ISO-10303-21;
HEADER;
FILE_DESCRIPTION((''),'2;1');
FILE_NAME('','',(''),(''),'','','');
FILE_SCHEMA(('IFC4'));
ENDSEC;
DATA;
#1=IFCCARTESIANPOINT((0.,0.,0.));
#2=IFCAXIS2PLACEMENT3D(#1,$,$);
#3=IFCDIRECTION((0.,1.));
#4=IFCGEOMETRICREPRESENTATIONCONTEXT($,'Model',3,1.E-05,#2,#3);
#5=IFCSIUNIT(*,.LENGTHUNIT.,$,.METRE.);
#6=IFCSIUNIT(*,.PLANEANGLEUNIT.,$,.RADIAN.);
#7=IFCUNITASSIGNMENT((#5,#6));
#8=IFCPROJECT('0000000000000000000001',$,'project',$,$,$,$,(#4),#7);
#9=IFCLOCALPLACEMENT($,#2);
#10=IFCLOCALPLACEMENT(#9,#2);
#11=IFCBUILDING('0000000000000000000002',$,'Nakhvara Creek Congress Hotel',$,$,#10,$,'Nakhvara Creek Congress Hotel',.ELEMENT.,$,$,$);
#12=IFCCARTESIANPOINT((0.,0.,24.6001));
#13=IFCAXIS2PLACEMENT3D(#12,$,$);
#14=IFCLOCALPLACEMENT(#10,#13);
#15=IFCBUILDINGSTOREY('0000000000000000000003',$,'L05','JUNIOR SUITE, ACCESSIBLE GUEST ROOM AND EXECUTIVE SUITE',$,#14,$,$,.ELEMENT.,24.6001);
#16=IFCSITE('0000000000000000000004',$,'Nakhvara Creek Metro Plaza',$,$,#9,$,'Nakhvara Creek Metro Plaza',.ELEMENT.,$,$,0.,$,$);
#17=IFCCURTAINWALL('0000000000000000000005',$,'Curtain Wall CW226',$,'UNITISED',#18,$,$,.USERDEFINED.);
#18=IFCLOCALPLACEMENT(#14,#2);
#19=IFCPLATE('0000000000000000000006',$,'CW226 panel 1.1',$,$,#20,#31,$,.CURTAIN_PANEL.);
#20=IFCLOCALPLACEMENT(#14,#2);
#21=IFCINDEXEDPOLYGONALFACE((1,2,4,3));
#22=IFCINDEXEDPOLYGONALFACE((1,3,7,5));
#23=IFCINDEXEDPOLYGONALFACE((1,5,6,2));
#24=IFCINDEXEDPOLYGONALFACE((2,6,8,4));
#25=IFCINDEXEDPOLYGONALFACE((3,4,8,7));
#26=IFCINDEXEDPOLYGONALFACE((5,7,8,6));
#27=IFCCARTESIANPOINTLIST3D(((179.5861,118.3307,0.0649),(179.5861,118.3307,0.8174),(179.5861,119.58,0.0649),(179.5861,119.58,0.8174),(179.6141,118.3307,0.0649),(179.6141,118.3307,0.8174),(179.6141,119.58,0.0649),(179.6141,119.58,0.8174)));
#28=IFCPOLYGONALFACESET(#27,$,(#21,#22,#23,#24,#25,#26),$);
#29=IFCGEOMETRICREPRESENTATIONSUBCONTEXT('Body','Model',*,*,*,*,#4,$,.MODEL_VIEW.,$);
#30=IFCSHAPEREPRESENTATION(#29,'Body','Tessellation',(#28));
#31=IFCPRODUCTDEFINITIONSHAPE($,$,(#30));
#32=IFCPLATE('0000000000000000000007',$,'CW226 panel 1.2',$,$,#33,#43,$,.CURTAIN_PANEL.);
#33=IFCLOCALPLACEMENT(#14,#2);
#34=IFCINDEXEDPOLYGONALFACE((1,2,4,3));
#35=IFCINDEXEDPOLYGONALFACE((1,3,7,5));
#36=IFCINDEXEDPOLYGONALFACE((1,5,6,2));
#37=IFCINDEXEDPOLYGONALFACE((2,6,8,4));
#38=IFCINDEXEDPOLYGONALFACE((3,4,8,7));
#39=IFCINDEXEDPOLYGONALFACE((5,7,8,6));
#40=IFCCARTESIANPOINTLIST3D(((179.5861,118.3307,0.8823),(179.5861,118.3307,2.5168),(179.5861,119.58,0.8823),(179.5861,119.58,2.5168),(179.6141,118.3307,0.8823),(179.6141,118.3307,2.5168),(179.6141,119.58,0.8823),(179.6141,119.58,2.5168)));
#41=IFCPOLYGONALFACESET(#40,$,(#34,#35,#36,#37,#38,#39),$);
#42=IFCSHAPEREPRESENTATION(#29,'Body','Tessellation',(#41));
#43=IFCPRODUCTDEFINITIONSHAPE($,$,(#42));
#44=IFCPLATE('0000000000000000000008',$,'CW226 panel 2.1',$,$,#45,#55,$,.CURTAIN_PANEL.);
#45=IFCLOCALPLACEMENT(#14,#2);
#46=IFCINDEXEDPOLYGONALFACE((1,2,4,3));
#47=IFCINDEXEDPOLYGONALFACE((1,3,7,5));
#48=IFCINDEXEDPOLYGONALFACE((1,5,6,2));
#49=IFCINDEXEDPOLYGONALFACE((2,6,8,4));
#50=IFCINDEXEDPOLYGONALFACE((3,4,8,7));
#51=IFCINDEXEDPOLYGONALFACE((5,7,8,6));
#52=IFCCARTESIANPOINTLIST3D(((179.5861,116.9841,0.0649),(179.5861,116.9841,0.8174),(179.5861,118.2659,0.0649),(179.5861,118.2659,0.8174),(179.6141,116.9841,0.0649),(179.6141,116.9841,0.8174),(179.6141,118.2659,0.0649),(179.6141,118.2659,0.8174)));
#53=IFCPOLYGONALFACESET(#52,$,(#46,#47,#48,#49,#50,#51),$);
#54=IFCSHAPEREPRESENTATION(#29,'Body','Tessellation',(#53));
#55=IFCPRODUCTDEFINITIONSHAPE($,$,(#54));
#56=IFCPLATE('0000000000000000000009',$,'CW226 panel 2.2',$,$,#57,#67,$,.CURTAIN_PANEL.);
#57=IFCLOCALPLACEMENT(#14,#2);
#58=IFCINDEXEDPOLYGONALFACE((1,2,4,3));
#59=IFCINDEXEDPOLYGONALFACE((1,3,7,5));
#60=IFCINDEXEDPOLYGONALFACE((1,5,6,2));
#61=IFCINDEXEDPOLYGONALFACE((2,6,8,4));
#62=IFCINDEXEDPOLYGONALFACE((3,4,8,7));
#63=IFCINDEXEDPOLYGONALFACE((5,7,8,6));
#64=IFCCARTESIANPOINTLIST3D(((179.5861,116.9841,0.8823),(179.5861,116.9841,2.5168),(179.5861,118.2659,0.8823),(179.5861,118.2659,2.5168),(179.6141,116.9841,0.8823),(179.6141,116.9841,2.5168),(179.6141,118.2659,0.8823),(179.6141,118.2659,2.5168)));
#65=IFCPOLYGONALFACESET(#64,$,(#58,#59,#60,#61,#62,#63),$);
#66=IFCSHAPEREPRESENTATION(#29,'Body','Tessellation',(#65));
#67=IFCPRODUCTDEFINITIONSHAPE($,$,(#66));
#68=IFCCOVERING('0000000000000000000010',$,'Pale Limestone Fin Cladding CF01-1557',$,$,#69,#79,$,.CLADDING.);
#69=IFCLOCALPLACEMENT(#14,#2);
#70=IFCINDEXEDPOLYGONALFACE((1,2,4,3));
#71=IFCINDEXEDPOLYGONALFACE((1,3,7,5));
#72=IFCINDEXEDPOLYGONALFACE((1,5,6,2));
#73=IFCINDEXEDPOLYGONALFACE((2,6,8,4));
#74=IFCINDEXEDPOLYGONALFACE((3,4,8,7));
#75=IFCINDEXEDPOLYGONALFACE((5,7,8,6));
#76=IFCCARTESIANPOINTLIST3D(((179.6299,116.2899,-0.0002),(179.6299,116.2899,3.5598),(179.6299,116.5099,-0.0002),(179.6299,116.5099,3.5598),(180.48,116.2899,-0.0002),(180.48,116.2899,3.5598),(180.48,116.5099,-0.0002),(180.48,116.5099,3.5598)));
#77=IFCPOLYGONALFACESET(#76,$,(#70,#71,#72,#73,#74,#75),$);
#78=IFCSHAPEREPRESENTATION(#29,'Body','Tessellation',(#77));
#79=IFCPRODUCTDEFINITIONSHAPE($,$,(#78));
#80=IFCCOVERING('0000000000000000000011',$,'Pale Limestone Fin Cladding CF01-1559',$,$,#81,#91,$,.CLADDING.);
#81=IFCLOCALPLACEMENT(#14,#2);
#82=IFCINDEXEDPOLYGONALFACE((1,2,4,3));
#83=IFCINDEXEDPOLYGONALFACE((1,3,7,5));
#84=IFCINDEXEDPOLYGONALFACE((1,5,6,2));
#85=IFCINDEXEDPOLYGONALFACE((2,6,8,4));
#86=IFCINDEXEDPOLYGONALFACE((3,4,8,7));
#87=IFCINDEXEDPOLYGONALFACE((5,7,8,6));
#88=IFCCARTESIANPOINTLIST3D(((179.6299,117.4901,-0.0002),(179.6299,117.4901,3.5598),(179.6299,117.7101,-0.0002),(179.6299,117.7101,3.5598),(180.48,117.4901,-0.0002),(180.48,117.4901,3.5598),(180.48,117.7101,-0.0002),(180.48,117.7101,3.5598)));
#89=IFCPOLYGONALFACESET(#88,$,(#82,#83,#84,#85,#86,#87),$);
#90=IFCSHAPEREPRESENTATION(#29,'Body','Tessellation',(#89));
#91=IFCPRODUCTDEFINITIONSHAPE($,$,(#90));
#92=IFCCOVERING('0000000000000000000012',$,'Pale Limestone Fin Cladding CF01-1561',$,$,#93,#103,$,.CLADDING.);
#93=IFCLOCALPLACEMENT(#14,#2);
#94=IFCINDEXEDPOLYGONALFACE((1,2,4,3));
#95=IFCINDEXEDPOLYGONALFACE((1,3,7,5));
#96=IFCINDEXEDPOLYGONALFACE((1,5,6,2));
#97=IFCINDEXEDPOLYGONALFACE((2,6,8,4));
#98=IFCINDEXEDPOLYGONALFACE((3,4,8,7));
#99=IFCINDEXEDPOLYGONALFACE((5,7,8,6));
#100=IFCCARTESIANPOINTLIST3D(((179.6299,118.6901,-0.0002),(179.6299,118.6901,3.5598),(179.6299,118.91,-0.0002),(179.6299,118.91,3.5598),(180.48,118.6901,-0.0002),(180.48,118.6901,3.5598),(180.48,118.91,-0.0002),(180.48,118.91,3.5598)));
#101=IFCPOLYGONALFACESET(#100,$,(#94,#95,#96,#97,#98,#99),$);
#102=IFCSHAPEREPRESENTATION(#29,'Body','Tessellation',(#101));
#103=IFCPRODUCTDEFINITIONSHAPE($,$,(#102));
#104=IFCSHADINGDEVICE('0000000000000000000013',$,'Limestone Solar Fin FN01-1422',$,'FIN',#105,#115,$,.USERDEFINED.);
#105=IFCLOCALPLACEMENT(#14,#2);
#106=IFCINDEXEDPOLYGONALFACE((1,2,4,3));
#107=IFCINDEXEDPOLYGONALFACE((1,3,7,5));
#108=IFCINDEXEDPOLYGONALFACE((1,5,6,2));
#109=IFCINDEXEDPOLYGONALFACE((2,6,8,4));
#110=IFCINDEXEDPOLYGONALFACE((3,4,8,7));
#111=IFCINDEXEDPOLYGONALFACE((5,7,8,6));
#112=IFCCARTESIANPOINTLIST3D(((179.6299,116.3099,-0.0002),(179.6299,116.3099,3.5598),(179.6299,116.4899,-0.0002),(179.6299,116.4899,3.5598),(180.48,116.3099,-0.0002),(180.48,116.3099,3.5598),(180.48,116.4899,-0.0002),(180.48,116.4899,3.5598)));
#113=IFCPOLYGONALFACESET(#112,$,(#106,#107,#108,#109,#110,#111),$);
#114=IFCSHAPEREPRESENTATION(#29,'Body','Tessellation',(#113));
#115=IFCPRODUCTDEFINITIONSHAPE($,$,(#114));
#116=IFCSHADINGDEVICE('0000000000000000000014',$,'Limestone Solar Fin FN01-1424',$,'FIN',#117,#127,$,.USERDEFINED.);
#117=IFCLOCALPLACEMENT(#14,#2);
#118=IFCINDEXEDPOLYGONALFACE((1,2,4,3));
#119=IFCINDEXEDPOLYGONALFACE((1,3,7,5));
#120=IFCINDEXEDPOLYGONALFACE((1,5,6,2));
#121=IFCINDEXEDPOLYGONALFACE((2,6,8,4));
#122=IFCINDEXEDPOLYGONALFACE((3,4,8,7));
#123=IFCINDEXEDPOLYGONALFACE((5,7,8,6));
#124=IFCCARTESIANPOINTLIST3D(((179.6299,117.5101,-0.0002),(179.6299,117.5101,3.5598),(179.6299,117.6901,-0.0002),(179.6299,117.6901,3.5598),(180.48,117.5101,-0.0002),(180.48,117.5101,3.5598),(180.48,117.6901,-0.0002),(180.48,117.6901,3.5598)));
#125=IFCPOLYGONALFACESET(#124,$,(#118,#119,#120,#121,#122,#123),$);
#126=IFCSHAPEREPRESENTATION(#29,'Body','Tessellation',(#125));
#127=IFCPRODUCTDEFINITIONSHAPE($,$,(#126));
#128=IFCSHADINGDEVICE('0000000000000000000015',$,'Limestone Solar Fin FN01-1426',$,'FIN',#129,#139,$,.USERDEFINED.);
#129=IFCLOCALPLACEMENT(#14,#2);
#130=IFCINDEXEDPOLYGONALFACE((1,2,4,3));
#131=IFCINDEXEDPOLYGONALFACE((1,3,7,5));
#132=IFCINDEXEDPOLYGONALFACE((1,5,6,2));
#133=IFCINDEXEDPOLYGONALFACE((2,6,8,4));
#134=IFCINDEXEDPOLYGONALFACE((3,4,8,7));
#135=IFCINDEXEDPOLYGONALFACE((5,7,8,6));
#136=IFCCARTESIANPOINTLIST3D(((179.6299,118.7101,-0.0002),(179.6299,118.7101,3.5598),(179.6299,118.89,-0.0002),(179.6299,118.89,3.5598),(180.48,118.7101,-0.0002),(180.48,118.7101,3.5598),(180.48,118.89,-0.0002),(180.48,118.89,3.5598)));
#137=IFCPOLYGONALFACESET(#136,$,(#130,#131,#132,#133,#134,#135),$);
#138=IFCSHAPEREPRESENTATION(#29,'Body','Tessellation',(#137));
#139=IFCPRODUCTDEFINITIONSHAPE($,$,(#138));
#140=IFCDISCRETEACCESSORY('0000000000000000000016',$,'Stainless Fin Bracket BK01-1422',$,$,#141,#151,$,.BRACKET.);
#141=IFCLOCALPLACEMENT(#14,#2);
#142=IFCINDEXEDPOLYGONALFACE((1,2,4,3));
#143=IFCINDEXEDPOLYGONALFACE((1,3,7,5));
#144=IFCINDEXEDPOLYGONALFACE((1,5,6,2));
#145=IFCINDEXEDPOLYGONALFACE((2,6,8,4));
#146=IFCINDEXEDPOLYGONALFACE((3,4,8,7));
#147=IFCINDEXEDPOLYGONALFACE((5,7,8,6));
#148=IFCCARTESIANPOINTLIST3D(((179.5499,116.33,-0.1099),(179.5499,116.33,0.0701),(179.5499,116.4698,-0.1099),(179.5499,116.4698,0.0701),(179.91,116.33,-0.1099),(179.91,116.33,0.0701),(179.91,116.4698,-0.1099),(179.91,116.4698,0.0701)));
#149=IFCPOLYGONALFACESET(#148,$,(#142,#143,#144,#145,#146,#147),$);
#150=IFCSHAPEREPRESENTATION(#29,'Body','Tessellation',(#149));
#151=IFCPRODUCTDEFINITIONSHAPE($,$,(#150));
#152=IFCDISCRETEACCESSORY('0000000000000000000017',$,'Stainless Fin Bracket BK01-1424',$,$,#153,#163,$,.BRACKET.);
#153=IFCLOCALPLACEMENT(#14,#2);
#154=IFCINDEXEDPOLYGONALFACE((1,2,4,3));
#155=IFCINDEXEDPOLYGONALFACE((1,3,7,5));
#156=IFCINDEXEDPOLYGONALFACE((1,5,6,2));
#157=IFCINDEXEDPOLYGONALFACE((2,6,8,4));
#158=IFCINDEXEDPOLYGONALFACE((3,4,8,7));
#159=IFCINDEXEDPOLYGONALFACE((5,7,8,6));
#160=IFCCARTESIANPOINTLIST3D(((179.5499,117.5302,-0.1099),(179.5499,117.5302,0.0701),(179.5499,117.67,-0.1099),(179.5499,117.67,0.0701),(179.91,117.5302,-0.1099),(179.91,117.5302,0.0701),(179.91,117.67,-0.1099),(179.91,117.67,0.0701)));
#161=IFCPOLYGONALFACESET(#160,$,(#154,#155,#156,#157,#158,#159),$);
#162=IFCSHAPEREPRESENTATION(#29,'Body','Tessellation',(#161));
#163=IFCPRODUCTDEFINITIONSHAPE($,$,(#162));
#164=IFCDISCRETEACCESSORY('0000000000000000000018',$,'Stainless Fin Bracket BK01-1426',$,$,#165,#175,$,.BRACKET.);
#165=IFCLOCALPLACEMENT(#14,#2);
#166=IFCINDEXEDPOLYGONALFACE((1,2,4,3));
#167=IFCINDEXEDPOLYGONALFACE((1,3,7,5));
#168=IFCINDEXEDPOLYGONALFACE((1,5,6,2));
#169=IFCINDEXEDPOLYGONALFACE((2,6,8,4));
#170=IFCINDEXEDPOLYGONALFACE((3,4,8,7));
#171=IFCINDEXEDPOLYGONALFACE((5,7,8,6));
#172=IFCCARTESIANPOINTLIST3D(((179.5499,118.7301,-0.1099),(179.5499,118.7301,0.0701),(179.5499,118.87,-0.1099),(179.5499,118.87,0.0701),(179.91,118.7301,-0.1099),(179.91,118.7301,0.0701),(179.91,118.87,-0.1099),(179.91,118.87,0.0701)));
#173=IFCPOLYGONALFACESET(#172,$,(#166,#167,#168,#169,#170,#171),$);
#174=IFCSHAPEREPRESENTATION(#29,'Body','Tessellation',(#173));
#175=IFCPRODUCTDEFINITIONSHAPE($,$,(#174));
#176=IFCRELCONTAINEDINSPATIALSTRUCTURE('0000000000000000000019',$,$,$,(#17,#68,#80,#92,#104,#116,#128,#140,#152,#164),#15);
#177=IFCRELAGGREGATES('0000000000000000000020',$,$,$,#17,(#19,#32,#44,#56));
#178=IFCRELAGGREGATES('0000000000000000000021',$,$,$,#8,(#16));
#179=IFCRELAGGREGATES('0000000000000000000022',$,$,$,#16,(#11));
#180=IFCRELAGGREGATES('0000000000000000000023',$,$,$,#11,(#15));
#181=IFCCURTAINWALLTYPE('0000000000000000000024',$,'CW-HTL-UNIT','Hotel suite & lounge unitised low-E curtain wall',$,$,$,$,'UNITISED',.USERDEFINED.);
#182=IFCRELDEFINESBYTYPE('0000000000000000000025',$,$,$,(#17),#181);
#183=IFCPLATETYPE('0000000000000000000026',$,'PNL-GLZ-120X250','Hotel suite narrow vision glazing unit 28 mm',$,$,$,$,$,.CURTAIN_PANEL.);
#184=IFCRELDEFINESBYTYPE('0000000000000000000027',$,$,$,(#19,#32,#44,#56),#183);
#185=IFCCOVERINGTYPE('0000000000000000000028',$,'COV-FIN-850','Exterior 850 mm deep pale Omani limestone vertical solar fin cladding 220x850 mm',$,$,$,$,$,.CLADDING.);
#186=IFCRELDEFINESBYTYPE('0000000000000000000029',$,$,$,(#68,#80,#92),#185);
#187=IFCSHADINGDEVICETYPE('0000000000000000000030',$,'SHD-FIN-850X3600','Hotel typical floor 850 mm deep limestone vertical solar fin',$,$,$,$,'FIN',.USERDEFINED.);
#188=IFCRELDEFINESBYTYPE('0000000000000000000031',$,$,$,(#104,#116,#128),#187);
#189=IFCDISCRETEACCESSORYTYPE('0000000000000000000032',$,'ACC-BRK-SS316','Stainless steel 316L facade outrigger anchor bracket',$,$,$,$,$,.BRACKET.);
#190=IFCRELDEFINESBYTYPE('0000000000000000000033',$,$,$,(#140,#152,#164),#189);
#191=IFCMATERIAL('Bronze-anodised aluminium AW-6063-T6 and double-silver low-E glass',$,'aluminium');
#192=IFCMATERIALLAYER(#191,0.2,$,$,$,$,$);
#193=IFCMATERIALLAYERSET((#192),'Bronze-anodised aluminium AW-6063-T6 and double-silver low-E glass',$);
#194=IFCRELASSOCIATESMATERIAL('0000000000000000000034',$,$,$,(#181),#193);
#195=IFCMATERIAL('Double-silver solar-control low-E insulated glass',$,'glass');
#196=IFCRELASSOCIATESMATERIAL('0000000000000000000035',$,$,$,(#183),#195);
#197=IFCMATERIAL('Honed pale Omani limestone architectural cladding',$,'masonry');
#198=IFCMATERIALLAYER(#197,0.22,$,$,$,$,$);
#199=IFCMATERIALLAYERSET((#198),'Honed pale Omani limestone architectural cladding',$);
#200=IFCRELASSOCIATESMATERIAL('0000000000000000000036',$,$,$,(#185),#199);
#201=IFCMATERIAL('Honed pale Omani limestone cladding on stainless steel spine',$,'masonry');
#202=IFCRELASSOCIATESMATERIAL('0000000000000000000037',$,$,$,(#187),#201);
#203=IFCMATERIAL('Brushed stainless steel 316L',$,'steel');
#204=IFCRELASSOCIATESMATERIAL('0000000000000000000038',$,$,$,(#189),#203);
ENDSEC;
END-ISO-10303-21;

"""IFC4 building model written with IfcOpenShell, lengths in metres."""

from ifc_helpers import new_model, si_unit, direction, frame, origin, origin_2d, place, context, subcontext, project, spatial, rectangle, extrude, material, layer, layer_set, type_object, element, aggregate, save


model = new_model("IFC4")

# Units and contexts
model_context = context("Model", 3, precision=1e-05, world=origin(), true_north=direction((0.0, 1.0)))
body_context = subcontext(model_context, "Body", "Model", "MODEL_VIEW")
ifc_project = project(units=[si_unit("LENGTHUNIT", "METRE"), si_unit("PLANEANGLEUNIT", "RADIAN")], contexts=[model_context])

# Site, building, storey
site_placement = place(None, origin())
site = spatial("IfcSite", under=ifc_project, at=site_placement, Name="Nakhvara Creek Metro Plaza", LongName="Nakhvara Creek Metro Plaza", CompositionType="ELEMENT", RefElevation=0.0)
building_placement = place(site_placement, origin())
building = spatial("IfcBuilding", under=site, at=building_placement, Name="Nakhvara Creek Congress Hotel", LongName="Nakhvara Creek Congress Hotel", CompositionType="ELEMENT")
storey_placement = place(building_placement, frame((0.0, 0.0, 24.6001)))
storey = spatial("IfcBuildingStorey", under=building, at=storey_placement, Name="L05", Description="JUNIOR SUITE, ACCESSIBLE GUEST ROOM AND EXECUTIVE SUITE", CompositionType="ELEMENT", Elevation=24.6001)

# Curtain wall, plates
ifc_material_1 = material(Name="Bronze-anodised aluminium AW-6063-T6 and double-silver low-E glass", Category="aluminium")
ifc_layer_1 = layer(ifc_material_1, 0.2)
ifc_layer_set_1 = layer_set([ifc_layer_1], Name="Bronze-anodised aluminium AW-6063-T6 and double-silver low-E glass")
curtain_wall_type = type_object("IfcCurtainWallType", Name="CW-HTL-UNIT", Description="Hotel suite & lounge unitised low-E curtain wall", ElementType="UNITISED", PredefinedType="USERDEFINED", material=ifc_layer_set_1)
curtain_wall_placement = place(storey_placement, origin())
curtain_wall = element("IfcCurtainWall", 1, at=curtain_wall_placement, inside=storey, type_object=curtain_wall_type, Name="Curtain Wall CW226", ObjectType="UNITISED", PredefinedType="USERDEFINED")
ifc_material_2 = material(Name="Double-silver solar-control low-E insulated glass", Category="glass")
plate_type = type_object("IfcPlateType", Name="PNL-GLZ-120X250", Description="Hotel suite narrow vision glazing unit 28 mm", PredefinedType="CURTAIN_PANEL", material=ifc_material_2)
plate_1_placement = place(storey_placement, frame((179.6001, 118.9553, 0.0649), z_axis=(0.0, 0.0, 1.0), x_axis=(0.0, -1.0, 0.0)))
plate_1 = element("IfcPlate", 2, at=plate_1_placement, type_object=plate_type, Name="CW226 panel 1.1", PredefinedType="CURTAIN_PANEL", context=body_context, shape_type="SweptSolid", body=[
    extrude(rectangle(XDim=1.2493, YDim=0.0281, at=origin_2d()), origin(), (0.0, 0.0, 1.0), 0.7524),
])
plate_2_placement = place(storey_placement, frame((179.6001, 118.9553, 0.8823), z_axis=(0.0, 0.0, 1.0), x_axis=(0.0, -1.0, 0.0)))
plate_2 = element("IfcPlate", 3, at=plate_2_placement, type_object=plate_type, Name="CW226 panel 1.2", PredefinedType="CURTAIN_PANEL", context=body_context, shape_type="SweptSolid", body=[
    extrude(rectangle(XDim=1.2493, YDim=0.0281, at=origin_2d()), origin(), (0.0, 0.0, 1.0), 1.6345),
])
plate_3_placement = place(storey_placement, frame((179.6001, 117.625, 0.0649), z_axis=(0.0, 0.0, 1.0), x_axis=(0.0, -1.0, 0.0)))
plate_3 = element("IfcPlate", 4, at=plate_3_placement, type_object=plate_type, Name="CW226 panel 2.1", PredefinedType="CURTAIN_PANEL", context=body_context, shape_type="SweptSolid", body=[
    extrude(rectangle(XDim=1.2817, YDim=0.0281, at=origin_2d()), origin(), (0.0, 0.0, 1.0), 0.7524),
])
plate_4_placement = place(storey_placement, frame((179.6001, 117.625, 0.8823), z_axis=(0.0, 0.0, 1.0), x_axis=(0.0, -1.0, 0.0)))
plate_4 = element("IfcPlate", 5, at=plate_4_placement, type_object=plate_type, Name="CW226 panel 2.2", PredefinedType="CURTAIN_PANEL", context=body_context, shape_type="SweptSolid", body=[
    extrude(rectangle(XDim=1.2817, YDim=0.0281, at=origin_2d()), origin(), (0.0, 0.0, 1.0), 1.6345),
])
aggregate(curtain_wall, [plate_1, plate_2, plate_3, plate_4])

# Coverings
ifc_material_3 = material(Name="Honed pale Omani limestone architectural cladding", Category="masonry")
ifc_layer_2 = layer(ifc_material_3, 0.22)
ifc_layer_set_2 = layer_set([ifc_layer_2], Name="Honed pale Omani limestone architectural cladding")
covering_type = type_object("IfcCoveringType", Name="COV-FIN-850", Description="Exterior 850 mm deep pale Omani limestone vertical solar fin cladding 220x850 mm", PredefinedType="CLADDING", material=ifc_layer_set_2)
for number, where, z_axis, x_axis, name in (
    (6, (180.0549, 116.3999, -0.0002), (0.0, 0.0, 1.0), (0.0, 1.0, 0.0), "Pale Limestone Fin Cladding CF01-1557"),
    (7, (180.0549, 117.6001, -0.0002), (0.0, 0.0, 1.0), (0.0, 1.0, 0.0), "Pale Limestone Fin Cladding CF01-1559"),
    (8, (180.0549, 118.8, -0.0002), (0.0, 0.0, 1.0), (0.0, 1.0, 0.0), "Pale Limestone Fin Cladding CF01-1561"),
):
    element("IfcCovering", number, at=place(storey_placement, frame(where, z_axis=z_axis, x_axis=x_axis)), inside=storey, type_object=covering_type, Name=name, PredefinedType="CLADDING", context=body_context, shape_type="SweptSolid", body=[
        extrude(rectangle(XDim=0.22, YDim=0.8501, at=origin_2d()), origin(), (0.0, 0.0, 1.0), 3.5601),
    ])

# Shading devices
ifc_material_4 = material(Name="Honed pale Omani limestone cladding on stainless steel spine", Category="masonry")
shading_device_type = type_object("IfcShadingDeviceType", Name="SHD-FIN-850X3600", Description="Hotel typical floor 850 mm deep limestone vertical solar fin", ElementType="FIN", PredefinedType="USERDEFINED", material=ifc_material_4)
for number, where, z_axis, x_axis, name in (
    (9, (180.0549, 116.3999, -0.0002), (0.0, 0.0, 1.0), (0.0, 1.0, 0.0), "Limestone Solar Fin FN01-1422"),
    (10, (180.0549, 117.6001, -0.0002), (0.0, 0.0, 1.0), (0.0, 1.0, 0.0), "Limestone Solar Fin FN01-1424"),
    (11, (180.0549, 118.8, -0.0002), (0.0, 0.0, 1.0), (0.0, 1.0, 0.0), "Limestone Solar Fin FN01-1426"),
):
    element("IfcShadingDevice", number, at=place(storey_placement, frame(where, z_axis=z_axis, x_axis=x_axis)), inside=storey, type_object=shading_device_type, Name=name, ObjectType="FIN", PredefinedType="USERDEFINED", context=body_context, shape_type="SweptSolid", body=[
        extrude(rectangle(XDim=0.1799, YDim=0.8501, at=origin_2d()), origin(), (0.0, 0.0, 1.0), 3.5601),
    ])

# Discrete accessories
ifc_material_5 = material(Name="Brushed stainless steel 316L", Category="steel")
discrete_accessory_type = type_object("IfcDiscreteAccessoryType", Name="ACC-BRK-SS316", Description="Stainless steel 316L facade outrigger anchor bracket", PredefinedType="BRACKET", material=ifc_material_5)
for number, where, z_axis, x_axis, name in (
    (12, (179.73, 116.3999, -0.1099), (0.0, 0.0, 1.0), (0.0, 1.0, 0.0), "Stainless Fin Bracket BK01-1422"),
    (13, (179.73, 117.6001, -0.1099), (0.0, 0.0, 1.0), (0.0, 1.0, 0.0), "Stainless Fin Bracket BK01-1424"),
    (14, (179.73, 118.8, -0.1099), (0.0, 0.0, 1.0), (0.0, 1.0, 0.0), "Stainless Fin Bracket BK01-1426"),
):
    element("IfcDiscreteAccessory", number, at=place(storey_placement, frame(where, z_axis=z_axis, x_axis=x_axis)), inside=storey, type_object=discrete_accessory_type, Name=name, PredefinedType="BRACKET", context=body_context, shape_type="SweptSolid", body=[
        extrude(rectangle(XDim=0.1399, YDim=0.3601, at=origin_2d()), origin(), (0.0, 0.0, 1.0), 0.1799),
    ])

save(model, "model.ifc")
